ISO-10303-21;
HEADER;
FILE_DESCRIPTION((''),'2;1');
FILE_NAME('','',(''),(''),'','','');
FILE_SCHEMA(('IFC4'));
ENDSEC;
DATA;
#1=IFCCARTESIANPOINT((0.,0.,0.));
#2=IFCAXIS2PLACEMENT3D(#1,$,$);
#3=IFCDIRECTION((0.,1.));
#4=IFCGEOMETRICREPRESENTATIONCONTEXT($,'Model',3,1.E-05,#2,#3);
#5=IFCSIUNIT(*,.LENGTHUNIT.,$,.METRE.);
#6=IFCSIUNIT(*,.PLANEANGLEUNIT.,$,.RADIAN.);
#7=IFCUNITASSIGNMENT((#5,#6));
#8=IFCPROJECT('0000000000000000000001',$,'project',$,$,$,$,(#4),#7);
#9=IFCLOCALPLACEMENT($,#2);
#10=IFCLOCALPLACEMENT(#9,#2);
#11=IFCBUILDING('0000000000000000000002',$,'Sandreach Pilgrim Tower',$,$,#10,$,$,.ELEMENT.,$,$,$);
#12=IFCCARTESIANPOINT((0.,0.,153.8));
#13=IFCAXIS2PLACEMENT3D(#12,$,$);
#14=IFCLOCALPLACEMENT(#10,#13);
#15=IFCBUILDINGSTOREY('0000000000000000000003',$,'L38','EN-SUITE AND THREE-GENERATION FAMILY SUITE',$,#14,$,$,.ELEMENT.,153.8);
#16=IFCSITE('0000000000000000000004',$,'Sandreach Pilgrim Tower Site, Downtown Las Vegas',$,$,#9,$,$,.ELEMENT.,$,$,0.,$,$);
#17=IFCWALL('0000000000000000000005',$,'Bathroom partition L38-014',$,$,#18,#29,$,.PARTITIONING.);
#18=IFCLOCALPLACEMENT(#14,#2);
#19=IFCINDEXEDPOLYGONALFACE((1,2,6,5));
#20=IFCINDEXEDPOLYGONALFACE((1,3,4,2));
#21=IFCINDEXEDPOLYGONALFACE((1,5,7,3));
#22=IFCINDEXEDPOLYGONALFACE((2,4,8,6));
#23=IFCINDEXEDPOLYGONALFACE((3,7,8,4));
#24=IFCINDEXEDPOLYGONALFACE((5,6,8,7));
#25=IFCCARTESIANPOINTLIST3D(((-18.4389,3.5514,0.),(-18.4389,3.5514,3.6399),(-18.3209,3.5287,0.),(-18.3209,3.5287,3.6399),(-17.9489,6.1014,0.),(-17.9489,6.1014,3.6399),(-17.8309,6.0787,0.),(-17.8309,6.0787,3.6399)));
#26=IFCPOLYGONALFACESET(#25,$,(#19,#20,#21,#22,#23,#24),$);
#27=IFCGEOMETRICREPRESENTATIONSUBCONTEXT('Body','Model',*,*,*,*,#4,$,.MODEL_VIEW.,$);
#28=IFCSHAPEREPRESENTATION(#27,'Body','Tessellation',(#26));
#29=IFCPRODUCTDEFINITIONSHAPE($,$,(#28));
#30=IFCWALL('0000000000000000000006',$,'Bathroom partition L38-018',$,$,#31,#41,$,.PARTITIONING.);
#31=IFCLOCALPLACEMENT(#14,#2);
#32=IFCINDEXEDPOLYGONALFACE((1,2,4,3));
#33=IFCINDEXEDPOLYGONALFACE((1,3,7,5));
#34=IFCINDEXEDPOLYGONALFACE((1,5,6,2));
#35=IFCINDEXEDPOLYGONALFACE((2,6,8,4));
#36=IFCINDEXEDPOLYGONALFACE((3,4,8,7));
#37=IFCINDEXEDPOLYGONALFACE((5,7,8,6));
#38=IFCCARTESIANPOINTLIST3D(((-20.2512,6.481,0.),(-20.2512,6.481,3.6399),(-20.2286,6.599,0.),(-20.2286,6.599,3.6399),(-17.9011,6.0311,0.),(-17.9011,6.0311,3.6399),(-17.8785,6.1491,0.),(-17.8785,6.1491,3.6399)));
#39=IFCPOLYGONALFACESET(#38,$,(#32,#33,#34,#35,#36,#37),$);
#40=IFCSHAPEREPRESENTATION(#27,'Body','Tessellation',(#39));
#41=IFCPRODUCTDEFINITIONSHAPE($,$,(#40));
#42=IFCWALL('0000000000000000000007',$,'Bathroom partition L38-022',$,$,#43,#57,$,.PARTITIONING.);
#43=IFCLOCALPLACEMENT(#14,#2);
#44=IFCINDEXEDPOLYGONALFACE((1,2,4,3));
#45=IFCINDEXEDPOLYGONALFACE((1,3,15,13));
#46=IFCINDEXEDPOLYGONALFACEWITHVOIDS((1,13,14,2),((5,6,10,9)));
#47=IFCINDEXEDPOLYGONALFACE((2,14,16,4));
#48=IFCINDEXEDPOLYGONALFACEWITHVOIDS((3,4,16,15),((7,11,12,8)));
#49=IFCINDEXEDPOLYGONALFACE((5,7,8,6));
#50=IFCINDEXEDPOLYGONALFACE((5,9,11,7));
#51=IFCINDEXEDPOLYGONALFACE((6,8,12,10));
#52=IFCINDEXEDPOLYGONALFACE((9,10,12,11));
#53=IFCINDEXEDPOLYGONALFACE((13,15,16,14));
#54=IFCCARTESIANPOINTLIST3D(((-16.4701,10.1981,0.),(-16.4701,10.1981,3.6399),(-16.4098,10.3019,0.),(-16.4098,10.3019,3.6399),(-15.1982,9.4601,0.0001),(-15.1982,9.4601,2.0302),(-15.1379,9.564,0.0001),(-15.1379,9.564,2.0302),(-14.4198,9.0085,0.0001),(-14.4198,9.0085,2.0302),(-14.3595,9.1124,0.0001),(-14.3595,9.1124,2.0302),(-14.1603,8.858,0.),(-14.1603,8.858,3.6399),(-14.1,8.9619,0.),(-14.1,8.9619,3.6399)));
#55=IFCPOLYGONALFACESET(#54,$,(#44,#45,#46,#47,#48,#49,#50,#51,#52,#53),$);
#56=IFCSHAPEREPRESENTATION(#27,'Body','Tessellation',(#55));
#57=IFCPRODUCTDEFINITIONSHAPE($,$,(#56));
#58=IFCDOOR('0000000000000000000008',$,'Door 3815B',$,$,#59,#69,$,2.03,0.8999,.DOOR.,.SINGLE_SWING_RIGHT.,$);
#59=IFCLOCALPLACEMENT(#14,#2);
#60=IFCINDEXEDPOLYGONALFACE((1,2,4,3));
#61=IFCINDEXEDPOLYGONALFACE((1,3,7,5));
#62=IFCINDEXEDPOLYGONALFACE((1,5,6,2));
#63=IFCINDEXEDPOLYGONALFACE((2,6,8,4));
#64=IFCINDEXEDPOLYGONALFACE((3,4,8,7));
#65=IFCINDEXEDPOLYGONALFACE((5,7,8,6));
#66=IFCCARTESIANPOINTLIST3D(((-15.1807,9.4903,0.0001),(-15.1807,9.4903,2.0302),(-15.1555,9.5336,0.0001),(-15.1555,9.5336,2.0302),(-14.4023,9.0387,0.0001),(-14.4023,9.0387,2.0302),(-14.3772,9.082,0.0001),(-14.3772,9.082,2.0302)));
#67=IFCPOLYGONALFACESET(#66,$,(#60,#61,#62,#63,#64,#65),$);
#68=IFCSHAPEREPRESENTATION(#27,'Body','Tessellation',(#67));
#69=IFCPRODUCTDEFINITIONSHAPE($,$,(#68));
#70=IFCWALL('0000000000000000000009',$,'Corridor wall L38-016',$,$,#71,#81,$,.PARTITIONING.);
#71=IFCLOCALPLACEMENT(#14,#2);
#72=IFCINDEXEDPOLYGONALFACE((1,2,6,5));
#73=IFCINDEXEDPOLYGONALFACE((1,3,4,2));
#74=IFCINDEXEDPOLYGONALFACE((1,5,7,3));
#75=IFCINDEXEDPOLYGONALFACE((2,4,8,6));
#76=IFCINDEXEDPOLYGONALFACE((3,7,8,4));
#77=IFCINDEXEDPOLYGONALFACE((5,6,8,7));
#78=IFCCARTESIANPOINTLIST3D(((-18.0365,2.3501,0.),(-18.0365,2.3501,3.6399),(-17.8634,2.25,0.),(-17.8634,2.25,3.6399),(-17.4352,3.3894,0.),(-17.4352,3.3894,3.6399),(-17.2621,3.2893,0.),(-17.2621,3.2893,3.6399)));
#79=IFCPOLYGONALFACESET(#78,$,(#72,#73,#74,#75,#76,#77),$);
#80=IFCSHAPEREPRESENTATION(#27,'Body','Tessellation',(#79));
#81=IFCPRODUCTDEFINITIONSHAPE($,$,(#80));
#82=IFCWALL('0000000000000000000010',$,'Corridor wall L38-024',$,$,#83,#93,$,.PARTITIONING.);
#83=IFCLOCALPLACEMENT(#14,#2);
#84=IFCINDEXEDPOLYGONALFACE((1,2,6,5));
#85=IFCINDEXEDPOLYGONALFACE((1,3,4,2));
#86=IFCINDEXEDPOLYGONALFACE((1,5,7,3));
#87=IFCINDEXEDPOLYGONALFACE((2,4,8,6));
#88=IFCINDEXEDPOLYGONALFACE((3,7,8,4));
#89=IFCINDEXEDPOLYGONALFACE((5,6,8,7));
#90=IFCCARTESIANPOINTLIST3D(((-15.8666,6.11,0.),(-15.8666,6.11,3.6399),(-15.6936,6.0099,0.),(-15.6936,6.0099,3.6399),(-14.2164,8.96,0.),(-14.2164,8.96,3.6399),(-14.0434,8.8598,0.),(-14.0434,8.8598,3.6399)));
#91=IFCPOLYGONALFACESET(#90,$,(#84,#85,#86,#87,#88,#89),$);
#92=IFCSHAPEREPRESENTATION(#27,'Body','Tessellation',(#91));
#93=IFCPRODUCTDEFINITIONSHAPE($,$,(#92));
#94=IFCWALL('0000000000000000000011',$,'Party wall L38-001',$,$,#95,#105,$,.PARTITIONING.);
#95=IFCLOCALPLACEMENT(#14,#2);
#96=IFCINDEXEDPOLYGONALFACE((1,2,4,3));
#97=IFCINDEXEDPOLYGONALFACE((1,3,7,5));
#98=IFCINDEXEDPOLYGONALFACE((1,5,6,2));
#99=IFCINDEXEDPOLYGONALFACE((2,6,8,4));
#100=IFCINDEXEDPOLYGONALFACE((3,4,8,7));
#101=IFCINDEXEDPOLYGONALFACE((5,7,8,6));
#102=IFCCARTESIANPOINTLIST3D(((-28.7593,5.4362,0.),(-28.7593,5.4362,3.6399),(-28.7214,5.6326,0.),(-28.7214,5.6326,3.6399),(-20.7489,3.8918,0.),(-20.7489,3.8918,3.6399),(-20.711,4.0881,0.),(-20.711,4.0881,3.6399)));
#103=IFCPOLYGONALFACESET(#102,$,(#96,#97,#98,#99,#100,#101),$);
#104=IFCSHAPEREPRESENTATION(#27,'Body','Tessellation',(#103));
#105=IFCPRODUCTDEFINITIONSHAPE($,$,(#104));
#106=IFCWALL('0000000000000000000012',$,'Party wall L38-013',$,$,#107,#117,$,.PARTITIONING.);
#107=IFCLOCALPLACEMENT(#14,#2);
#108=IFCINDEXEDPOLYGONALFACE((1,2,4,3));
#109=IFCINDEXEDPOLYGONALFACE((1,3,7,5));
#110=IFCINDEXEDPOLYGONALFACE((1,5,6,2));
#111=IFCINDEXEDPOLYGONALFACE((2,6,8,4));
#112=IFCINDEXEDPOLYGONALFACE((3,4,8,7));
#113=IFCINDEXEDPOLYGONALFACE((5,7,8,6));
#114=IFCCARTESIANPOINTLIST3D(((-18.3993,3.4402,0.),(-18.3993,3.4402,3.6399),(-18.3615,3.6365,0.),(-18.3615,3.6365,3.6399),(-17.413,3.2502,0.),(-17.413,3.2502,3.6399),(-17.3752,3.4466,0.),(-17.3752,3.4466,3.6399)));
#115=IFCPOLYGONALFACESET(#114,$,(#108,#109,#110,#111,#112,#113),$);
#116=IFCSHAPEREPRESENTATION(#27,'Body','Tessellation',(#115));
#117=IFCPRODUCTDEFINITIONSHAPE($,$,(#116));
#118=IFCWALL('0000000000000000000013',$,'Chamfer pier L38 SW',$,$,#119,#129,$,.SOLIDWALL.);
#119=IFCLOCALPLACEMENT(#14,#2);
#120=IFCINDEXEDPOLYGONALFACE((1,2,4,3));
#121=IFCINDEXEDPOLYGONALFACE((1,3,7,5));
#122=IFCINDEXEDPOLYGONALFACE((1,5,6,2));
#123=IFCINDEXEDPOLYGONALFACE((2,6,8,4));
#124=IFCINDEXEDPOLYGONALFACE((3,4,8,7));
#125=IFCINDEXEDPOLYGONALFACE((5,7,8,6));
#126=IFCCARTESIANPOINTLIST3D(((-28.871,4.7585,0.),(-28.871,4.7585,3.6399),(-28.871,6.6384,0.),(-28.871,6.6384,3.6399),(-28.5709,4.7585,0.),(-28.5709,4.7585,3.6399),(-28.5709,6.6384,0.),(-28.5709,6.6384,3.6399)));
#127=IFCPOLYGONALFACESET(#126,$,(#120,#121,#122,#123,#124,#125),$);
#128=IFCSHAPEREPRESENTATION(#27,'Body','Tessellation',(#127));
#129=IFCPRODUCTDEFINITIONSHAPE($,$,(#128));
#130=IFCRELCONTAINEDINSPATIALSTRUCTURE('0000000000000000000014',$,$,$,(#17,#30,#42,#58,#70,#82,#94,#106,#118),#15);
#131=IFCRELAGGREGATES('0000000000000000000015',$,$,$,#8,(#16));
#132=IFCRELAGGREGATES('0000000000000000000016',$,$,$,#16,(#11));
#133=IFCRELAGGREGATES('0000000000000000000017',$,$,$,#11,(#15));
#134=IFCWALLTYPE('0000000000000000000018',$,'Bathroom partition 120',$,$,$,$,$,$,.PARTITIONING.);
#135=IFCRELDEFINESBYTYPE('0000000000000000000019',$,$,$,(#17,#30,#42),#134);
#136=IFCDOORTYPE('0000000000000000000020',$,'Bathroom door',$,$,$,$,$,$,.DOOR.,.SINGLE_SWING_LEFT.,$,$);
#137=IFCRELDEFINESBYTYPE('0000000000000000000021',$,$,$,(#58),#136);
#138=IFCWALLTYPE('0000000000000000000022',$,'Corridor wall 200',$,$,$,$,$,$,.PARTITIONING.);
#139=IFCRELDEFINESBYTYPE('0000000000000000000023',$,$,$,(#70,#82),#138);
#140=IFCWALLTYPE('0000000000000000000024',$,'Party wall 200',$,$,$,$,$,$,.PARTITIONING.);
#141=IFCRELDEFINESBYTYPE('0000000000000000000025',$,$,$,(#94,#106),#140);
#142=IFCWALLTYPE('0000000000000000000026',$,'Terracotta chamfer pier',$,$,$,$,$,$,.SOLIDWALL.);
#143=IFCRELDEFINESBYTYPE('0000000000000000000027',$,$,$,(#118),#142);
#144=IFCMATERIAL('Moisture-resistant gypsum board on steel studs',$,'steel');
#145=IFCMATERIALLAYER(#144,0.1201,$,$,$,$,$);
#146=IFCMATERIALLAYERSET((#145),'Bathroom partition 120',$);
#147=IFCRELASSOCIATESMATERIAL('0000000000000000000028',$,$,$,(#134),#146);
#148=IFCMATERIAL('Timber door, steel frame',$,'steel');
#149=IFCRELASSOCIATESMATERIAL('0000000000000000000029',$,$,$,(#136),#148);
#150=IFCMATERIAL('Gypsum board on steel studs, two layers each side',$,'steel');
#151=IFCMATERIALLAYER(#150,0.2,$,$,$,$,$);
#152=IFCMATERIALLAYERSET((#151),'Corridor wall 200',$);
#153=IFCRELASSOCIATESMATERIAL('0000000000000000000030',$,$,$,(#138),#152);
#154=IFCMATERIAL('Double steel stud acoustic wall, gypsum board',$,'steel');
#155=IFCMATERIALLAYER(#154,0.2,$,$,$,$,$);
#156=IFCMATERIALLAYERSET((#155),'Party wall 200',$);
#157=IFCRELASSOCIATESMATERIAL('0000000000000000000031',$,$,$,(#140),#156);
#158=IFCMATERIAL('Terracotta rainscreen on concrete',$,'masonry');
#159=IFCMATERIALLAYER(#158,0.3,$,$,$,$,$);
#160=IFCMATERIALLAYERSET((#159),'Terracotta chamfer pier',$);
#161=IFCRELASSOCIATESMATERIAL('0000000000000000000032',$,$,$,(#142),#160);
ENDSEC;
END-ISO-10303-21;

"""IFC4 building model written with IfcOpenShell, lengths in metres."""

from ifc_helpers import new_model, si_unit, direction, frame, frame_2d, origin, place, context, subcontext, project, spatial, rectangle, extrude, material, layer, layer_set, type_object, element, fill, save


model = new_model("IFC4")

# Units and contexts
model_context = context("Model", 3, precision=1e-05, world=origin(), true_north=direction((0.0, 1.0)))
body_context = subcontext(model_context, "Body", "Model", "MODEL_VIEW")
ifc_project = project(units=[si_unit("LENGTHUNIT", "METRE"), si_unit("PLANEANGLEUNIT", "RADIAN")], contexts=[model_context])

# Site, building, storey
site_placement = place(None, origin())
site = spatial("IfcSite", under=ifc_project, at=site_placement, Name="Sandreach Pilgrim Tower Site, Downtown Las Vegas", CompositionType="ELEMENT", RefElevation=0.0)
building_placement = place(site_placement, origin())
building = spatial("IfcBuilding", under=site, at=building_placement, Name="Sandreach Pilgrim Tower", CompositionType="ELEMENT")
storey_placement = place(building_placement, frame((0.0, 0.0, 153.8)))
storey = spatial("IfcBuildingStorey", under=building, at=storey_placement, Name="L38", Description="EN-SUITE AND THREE-GENERATION FAMILY SUITE", CompositionType="ELEMENT", Elevation=153.8)

# Shared definitions
ifc_material_1 = material(Name="Moisture-resistant gypsum board on steel studs", Category="steel")
ifc_layer_1 = layer(ifc_material_1, 0.1201)
ifc_layer_set_1 = layer_set([ifc_layer_1], Name="Bathroom partition 120")
wall_type_1 = type_object("IfcWallType", Name="Bathroom partition 120", PredefinedType="PARTITIONING", material=ifc_layer_set_1)

# Shared definitions
ifc_material_2 = material(Name="Timber door, steel frame", Category="steel")
door_type_1 = type_object("IfcDoorType", Name="Bathroom door", OperationType="SINGLE_SWING_LEFT", PredefinedType="DOOR", material=ifc_material_2)

# Walls
wall_1_placement = place(storey_placement, frame((-18.3799, 3.54, 0.0), z_axis=(0.0, 0.0, 1.0), x_axis=(0.188697, 0.982035, 0.0)))
element("IfcWall", 1, at=wall_1_placement, inside=storey, type_object=wall_type_1, Name="Bathroom partition L38-014", PredefinedType="PARTITIONING", context=body_context, shape_type="SweptSolid", body=[
    extrude(rectangle(XDim=2.5967, YDim=0.1201, at=frame_2d((1.2983, 0.0))), origin(), (0.0, 0.0, 1.0), 3.6399),
])
wall_2_placement = place(storey_placement, frame((-17.8899, 6.0901, 0.0), z_axis=(0.0, 0.0, 1.0), x_axis=(-0.98216, 0.188045, 0.0)))
element("IfcWall", 2, at=wall_2_placement, inside=storey, type_object=wall_type_1, Name="Bathroom partition L38-018", PredefinedType="PARTITIONING", context=body_context, shape_type="SweptSolid", body=[
    extrude(rectangle(XDim=2.3928, YDim=0.1201, at=frame_2d((1.1963, 0.0))), origin(), (0.0, 0.0, 1.0), 3.6399),
])

# Wall, opening, door
wall_3_placement = place(storey_placement, frame((-16.4399, 10.25, 0.0), z_axis=(0.0, 0.0, 1.0), x_axis=(0.864967, -0.501829, 0.0)))
wall_3 = element("IfcWall", 3, at=wall_3_placement, inside=storey, type_object=wall_type_1, Name="Bathroom partition L38-022", PredefinedType="PARTITIONING", context=body_context, shape_type="SweptSolid", body=[
    extrude(rectangle(XDim=2.6704, YDim=0.1201, at=frame_2d((1.3352, 0.0))), origin(), (0.0, 0.0, 1.0), 3.6399),
])
opening_1_placement = place(wall_3_placement, frame((1.4705, 0.0, 0.0)))
opening_1 = element("IfcOpeningElement", 4, at=opening_1_placement, cuts=wall_3, PredefinedType="OPENING", context=body_context, shape_type="SweptSolid", body=[
    extrude(rectangle(XDim=0.8999, YDim=2.03, at=frame_2d((0.45, 1.0151))), frame((0.0, 0.0601, 0.0), z_axis=(0.0, -1.0, 0.0), x_axis=(1.0, 0.0, 0.0)), (0.0, 0.0, 1.0), 0.1201),
])
door_1_placement = place(opening_1_placement, origin())
door_1 = element("IfcDoor", 5, at=door_1_placement, inside=storey, type_object=door_type_1, Name="Door 3815B", OperationType="SINGLE_SWING_RIGHT", OverallHeight=2.03, OverallWidth=0.8999, PredefinedType="DOOR", context=body_context, shape_type="SweptSolid", body=[
    extrude(rectangle(XDim=0.8999, YDim=2.03, at=frame_2d((0.45, 1.0151))), frame((0.0, 0.0249, 0.0), z_axis=(0.0, -1.0, 0.0), x_axis=(1.0, 0.0, 0.0)), (0.0, 0.0, 1.0), 0.05),
])
fill(opening_1, door_1)

# Wall
ifc_material_3 = material(Name="Gypsum board on steel studs, two layers each side", Category="steel")
ifc_layer_2 = layer(ifc_material_3, 0.2)
ifc_layer_set_2 = layer_set([ifc_layer_2], Name="Corridor wall 200")
wall_type_2 = type_object("IfcWallType", Name="Corridor wall 200", PredefinedType="PARTITIONING", material=ifc_layer_set_2)
wall_4_placement = place(storey_placement, frame((-17.95, 2.3, 0.0), z_axis=(0.0, 0.0, 1.0), x_axis=(0.500796, 0.865565, 0.0)))
element("IfcWall", 6, at=wall_4_placement, inside=storey, type_object=wall_type_2, Name="Corridor wall L38-016", PredefinedType="PARTITIONING", context=body_context, shape_type="SweptSolid", body=[
    extrude(rectangle(XDim=1.2007, YDim=0.2, at=frame_2d((0.6003, 0.0))), origin(), (0.0, 0.0, 1.0), 3.6399),
])

# Walls
wall_5_placement = place(storey_placement, frame((-15.78, 6.0601, 0.0), z_axis=(0.0, 0.0, 1.0), x_axis=(0.501089, 0.865396, 0.0)))
element("IfcWall", 7, at=wall_5_placement, inside=storey, type_object=wall_type_2, Name="Corridor wall L38-024", PredefinedType="PARTITIONING", context=body_context, shape_type="SweptSolid", body=[
    extrude(rectangle(XDim=3.2932, YDim=0.2, at=frame_2d((1.6465, 0.0))), origin(), (0.0, 0.0, 1.0), 3.6399),
])
ifc_material_4 = material(Name="Double steel stud acoustic wall, gypsum board", Category="steel")
ifc_layer_3 = layer(ifc_material_4, 0.2)
ifc_layer_set_3 = layer_set([ifc_layer_3], Name="Party wall 200")
wall_type_3 = type_object("IfcWallType", Name="Party wall 200", PredefinedType="PARTITIONING", material=ifc_layer_set_3)
wall_6_placement = place(storey_placement, frame((-28.7405, 5.5344, 0.0), z_axis=(0.0, 0.0, 1.0), x_axis=(0.981916, -0.189315, 0.0)))
element("IfcWall", 8, at=wall_6_placement, inside=storey, type_object=wall_type_3, Name="Party wall L38-001", PredefinedType="PARTITIONING", context=body_context, shape_type="SweptSolid", body=[
    extrude(rectangle(XDim=8.158, YDim=0.2, at=frame_2d((4.0791, 0.0))), origin(), (0.0, 0.0, 1.0), 3.6399),
])
wall_7_placement = place(storey_placement, frame((-18.3804, 3.5383, 0.0), z_axis=(0.0, 0.0, 1.0), x_axis=(0.981958, -0.1891, 0.0)))
element("IfcWall", 9, at=wall_7_placement, inside=storey, type_object=wall_type_3, Name="Party wall L38-013", PredefinedType="PARTITIONING", context=body_context, shape_type="SweptSolid", body=[
    extrude(rectangle(XDim=1.0044, YDim=0.2, at=frame_2d((0.5022, 0.0))), origin(), (0.0, 0.0, 1.0), 3.6399),
])
ifc_material_5 = material(Name="Terracotta rainscreen on concrete", Category="masonry")
ifc_layer_4 = layer(ifc_material_5, 0.3)
ifc_layer_set_4 = layer_set([ifc_layer_4], Name="Terracotta chamfer pier")
wall_type_4 = type_object("IfcWallType", Name="Terracotta chamfer pier", PredefinedType="SOLIDWALL", material=ifc_layer_set_4)
wall_8_placement = place(storey_placement, frame((-28.7209, 4.7585, 0.0), z_axis=(0.0, 0.0, 1.0), x_axis=(0.0, 1.0, 0.0)))
element("IfcWall", 10, at=wall_8_placement, inside=storey, type_object=wall_type_4, Name="Chamfer pier L38 SW", PredefinedType="SOLIDWALL", context=body_context, shape_type="SweptSolid", body=[
    extrude(rectangle(XDim=1.8799, YDim=0.3, at=frame_2d((0.9399, 0.0))), origin(), (0.0, 0.0, 1.0), 3.6399),
])

save(model, "model.ifc")
